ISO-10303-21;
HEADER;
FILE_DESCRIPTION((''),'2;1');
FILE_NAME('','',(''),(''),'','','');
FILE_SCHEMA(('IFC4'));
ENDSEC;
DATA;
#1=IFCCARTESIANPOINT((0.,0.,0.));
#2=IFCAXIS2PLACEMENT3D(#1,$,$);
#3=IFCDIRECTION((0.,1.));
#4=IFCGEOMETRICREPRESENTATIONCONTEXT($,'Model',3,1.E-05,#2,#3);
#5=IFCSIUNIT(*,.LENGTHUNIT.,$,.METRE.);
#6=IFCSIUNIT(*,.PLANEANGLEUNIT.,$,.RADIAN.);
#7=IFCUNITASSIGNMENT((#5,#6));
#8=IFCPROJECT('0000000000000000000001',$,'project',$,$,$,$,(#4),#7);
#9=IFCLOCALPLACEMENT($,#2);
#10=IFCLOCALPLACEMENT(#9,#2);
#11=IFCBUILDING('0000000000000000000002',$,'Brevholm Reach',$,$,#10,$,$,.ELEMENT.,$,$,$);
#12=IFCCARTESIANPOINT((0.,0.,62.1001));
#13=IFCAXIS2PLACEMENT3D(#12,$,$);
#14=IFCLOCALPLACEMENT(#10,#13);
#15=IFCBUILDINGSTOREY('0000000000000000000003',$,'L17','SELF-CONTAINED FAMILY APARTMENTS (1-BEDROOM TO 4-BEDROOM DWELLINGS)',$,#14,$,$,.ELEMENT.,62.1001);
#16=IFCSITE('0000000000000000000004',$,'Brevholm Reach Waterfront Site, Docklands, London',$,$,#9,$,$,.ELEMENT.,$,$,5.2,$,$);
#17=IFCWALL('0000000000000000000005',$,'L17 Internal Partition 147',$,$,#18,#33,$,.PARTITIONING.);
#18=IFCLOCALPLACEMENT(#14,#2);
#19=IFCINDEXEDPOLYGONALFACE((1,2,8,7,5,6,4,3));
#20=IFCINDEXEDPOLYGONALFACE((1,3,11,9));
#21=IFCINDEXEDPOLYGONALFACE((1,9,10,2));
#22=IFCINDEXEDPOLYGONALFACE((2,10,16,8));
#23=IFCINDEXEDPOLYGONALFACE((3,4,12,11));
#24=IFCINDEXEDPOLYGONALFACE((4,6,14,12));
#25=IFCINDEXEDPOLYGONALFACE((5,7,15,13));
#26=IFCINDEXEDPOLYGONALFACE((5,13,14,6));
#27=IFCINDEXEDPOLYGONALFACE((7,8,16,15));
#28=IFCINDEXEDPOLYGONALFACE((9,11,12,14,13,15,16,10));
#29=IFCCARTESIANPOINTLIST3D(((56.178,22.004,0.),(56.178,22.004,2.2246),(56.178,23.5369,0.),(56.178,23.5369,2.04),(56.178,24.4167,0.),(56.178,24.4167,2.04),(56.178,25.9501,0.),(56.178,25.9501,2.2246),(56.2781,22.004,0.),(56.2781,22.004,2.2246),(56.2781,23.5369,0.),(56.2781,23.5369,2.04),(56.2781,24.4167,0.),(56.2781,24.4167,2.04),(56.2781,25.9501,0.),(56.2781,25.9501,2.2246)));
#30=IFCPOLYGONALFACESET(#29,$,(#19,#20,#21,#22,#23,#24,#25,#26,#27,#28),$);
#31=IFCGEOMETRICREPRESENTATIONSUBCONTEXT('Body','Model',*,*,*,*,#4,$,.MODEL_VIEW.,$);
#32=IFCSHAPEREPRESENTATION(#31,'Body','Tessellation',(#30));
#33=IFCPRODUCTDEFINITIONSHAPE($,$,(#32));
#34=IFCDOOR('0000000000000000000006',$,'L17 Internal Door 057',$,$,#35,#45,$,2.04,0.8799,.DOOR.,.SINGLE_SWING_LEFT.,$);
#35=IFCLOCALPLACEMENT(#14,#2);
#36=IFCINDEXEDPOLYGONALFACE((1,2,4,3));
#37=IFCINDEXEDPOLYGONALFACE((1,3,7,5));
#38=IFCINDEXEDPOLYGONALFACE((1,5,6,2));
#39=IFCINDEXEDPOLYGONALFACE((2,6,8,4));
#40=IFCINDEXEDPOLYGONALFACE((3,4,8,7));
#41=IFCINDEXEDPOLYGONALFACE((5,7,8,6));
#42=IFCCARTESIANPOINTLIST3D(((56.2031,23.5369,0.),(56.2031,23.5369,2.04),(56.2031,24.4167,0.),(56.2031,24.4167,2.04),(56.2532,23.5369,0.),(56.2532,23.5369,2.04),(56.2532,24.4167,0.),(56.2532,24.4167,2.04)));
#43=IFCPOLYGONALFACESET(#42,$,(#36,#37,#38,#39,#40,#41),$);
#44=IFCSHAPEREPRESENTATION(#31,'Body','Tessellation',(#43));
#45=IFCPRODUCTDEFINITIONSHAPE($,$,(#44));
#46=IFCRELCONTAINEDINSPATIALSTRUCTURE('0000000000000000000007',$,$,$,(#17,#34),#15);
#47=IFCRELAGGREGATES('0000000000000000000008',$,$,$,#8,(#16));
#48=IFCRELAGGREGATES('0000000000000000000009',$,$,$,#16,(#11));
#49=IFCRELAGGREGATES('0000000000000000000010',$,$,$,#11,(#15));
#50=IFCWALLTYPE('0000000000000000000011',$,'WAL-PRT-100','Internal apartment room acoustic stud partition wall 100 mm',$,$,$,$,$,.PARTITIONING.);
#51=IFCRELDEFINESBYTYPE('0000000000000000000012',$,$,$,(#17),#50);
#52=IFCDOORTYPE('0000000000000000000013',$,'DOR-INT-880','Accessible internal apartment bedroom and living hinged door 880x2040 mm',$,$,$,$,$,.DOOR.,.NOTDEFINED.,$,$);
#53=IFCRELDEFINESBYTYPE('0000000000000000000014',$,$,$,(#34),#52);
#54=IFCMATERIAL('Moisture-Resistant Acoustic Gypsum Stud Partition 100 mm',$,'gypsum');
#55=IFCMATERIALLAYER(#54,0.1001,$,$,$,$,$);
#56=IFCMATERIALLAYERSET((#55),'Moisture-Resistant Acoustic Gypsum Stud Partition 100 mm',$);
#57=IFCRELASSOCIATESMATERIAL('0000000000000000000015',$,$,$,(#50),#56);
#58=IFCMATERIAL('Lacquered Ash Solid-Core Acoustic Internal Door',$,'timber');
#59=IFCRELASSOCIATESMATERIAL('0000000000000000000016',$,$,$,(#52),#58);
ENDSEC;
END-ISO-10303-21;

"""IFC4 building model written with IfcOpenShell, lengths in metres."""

from ifc_helpers import new_model, si_unit, direction, frame, frame_2d, origin, place, context, subcontext, project, spatial, rectangle, extrude, material, layer, layer_set, type_object, element, fill, save


model = new_model("IFC4")

# Units and contexts
model_context = context("Model", 3, precision=1e-05, world=origin(), true_north=direction((0.0, 1.0)))
body_context = subcontext(model_context, "Body", "Model", "MODEL_VIEW")
ifc_project = project(units=[si_unit("LENGTHUNIT", "METRE"), si_unit("PLANEANGLEUNIT", "RADIAN")], contexts=[model_context])

# Site, building, storey
site_placement = place(None, origin())
site = spatial("IfcSite", under=ifc_project, at=site_placement, Name="Brevholm Reach Waterfront Site, Docklands, London", CompositionType="ELEMENT", RefElevation=5.2)
building_placement = place(site_placement, origin())
building = spatial("IfcBuilding", under=site, at=building_placement, Name="Brevholm Reach", CompositionType="ELEMENT")
storey_placement = place(building_placement, frame((0.0, 0.0, 62.1001)))
storey = spatial("IfcBuildingStorey", under=building, at=storey_placement, Name="L17", Description="SELF-CONTAINED FAMILY APARTMENTS (1-BEDROOM TO 4-BEDROOM DWELLINGS)", CompositionType="ELEMENT", Elevation=62.1001)

# Wall, opening, door
ifc_material_1 = material(Name="Moisture-Resistant Acoustic Gypsum Stud Partition 100 mm", Category="gypsum")
ifc_layer_1 = layer(ifc_material_1, 0.1001)
ifc_layer_set_1 = layer_set([ifc_layer_1], Name="Moisture-Resistant Acoustic Gypsum Stud Partition 100 mm")
wall_type_1 = type_object("IfcWallType", Name="WAL-PRT-100", Description="Internal apartment room acoustic stud partition wall 100 mm", PredefinedType="PARTITIONING", material=ifc_layer_set_1)
wall_1_placement = place(storey_placement, frame((56.228, 22.0039, 0.0), z_axis=(0.0, 0.0, 1.0), x_axis=(0.0, 1.0, 0.0)))
wall_1 = element("IfcWall", 1, at=wall_1_placement, inside=storey, type_object=wall_type_1, Name="L17 Internal Partition 147", PredefinedType="PARTITIONING", context=body_context, shape_type="SweptSolid", body=[
    extrude(rectangle(XDim=3.946, YDim=0.1001, at=frame_2d((1.9731, 0.0))), origin(), (0.0, 0.0, 1.0), 2.2246),
])
opening_1_placement = place(wall_1_placement, frame((1.533, 0.0, 0.0)))
opening_1 = element("IfcOpeningElement", 2, at=opening_1_placement, cuts=wall_1, PredefinedType="OPENING", context=body_context, shape_type="SweptSolid", body=[
    extrude(rectangle(XDim=0.8799, YDim=2.04, at=frame_2d((0.4399, 1.02))), frame((0.0, 0.0601, 0.0), z_axis=(0.0, -1.0, 0.0), x_axis=(1.0, 0.0, 0.0)), (0.0, 0.0, 1.0), 0.1201),
])
ifc_material_2 = material(Name="Lacquered Ash Solid-Core Acoustic Internal Door", Category="timber")
door_type = type_object("IfcDoorType", Name="DOR-INT-880", Description="Accessible internal apartment bedroom and living hinged door 880x2040 mm", OperationType="NOTDEFINED", PredefinedType="DOOR", material=ifc_material_2)
door_placement = place(opening_1_placement, origin())
door = element("IfcDoor", 3, at=door_placement, inside=storey, type_object=door_type, Name="L17 Internal Door 057", OperationType="SINGLE_SWING_LEFT", OverallHeight=2.04, OverallWidth=0.8799, PredefinedType="DOOR", context=body_context, shape_type="SweptSolid", body=[
    extrude(rectangle(XDim=0.8799, YDim=2.04, at=frame_2d((0.4399, 1.02))), frame((0.0, 0.0249, 0.0), z_axis=(0.0, -1.0, 0.0), x_axis=(1.0, 0.0, 0.0)), (0.0, 0.0, 1.0), 0.05),
])
fill(opening_1, door)

save(model, "model.ifc")
